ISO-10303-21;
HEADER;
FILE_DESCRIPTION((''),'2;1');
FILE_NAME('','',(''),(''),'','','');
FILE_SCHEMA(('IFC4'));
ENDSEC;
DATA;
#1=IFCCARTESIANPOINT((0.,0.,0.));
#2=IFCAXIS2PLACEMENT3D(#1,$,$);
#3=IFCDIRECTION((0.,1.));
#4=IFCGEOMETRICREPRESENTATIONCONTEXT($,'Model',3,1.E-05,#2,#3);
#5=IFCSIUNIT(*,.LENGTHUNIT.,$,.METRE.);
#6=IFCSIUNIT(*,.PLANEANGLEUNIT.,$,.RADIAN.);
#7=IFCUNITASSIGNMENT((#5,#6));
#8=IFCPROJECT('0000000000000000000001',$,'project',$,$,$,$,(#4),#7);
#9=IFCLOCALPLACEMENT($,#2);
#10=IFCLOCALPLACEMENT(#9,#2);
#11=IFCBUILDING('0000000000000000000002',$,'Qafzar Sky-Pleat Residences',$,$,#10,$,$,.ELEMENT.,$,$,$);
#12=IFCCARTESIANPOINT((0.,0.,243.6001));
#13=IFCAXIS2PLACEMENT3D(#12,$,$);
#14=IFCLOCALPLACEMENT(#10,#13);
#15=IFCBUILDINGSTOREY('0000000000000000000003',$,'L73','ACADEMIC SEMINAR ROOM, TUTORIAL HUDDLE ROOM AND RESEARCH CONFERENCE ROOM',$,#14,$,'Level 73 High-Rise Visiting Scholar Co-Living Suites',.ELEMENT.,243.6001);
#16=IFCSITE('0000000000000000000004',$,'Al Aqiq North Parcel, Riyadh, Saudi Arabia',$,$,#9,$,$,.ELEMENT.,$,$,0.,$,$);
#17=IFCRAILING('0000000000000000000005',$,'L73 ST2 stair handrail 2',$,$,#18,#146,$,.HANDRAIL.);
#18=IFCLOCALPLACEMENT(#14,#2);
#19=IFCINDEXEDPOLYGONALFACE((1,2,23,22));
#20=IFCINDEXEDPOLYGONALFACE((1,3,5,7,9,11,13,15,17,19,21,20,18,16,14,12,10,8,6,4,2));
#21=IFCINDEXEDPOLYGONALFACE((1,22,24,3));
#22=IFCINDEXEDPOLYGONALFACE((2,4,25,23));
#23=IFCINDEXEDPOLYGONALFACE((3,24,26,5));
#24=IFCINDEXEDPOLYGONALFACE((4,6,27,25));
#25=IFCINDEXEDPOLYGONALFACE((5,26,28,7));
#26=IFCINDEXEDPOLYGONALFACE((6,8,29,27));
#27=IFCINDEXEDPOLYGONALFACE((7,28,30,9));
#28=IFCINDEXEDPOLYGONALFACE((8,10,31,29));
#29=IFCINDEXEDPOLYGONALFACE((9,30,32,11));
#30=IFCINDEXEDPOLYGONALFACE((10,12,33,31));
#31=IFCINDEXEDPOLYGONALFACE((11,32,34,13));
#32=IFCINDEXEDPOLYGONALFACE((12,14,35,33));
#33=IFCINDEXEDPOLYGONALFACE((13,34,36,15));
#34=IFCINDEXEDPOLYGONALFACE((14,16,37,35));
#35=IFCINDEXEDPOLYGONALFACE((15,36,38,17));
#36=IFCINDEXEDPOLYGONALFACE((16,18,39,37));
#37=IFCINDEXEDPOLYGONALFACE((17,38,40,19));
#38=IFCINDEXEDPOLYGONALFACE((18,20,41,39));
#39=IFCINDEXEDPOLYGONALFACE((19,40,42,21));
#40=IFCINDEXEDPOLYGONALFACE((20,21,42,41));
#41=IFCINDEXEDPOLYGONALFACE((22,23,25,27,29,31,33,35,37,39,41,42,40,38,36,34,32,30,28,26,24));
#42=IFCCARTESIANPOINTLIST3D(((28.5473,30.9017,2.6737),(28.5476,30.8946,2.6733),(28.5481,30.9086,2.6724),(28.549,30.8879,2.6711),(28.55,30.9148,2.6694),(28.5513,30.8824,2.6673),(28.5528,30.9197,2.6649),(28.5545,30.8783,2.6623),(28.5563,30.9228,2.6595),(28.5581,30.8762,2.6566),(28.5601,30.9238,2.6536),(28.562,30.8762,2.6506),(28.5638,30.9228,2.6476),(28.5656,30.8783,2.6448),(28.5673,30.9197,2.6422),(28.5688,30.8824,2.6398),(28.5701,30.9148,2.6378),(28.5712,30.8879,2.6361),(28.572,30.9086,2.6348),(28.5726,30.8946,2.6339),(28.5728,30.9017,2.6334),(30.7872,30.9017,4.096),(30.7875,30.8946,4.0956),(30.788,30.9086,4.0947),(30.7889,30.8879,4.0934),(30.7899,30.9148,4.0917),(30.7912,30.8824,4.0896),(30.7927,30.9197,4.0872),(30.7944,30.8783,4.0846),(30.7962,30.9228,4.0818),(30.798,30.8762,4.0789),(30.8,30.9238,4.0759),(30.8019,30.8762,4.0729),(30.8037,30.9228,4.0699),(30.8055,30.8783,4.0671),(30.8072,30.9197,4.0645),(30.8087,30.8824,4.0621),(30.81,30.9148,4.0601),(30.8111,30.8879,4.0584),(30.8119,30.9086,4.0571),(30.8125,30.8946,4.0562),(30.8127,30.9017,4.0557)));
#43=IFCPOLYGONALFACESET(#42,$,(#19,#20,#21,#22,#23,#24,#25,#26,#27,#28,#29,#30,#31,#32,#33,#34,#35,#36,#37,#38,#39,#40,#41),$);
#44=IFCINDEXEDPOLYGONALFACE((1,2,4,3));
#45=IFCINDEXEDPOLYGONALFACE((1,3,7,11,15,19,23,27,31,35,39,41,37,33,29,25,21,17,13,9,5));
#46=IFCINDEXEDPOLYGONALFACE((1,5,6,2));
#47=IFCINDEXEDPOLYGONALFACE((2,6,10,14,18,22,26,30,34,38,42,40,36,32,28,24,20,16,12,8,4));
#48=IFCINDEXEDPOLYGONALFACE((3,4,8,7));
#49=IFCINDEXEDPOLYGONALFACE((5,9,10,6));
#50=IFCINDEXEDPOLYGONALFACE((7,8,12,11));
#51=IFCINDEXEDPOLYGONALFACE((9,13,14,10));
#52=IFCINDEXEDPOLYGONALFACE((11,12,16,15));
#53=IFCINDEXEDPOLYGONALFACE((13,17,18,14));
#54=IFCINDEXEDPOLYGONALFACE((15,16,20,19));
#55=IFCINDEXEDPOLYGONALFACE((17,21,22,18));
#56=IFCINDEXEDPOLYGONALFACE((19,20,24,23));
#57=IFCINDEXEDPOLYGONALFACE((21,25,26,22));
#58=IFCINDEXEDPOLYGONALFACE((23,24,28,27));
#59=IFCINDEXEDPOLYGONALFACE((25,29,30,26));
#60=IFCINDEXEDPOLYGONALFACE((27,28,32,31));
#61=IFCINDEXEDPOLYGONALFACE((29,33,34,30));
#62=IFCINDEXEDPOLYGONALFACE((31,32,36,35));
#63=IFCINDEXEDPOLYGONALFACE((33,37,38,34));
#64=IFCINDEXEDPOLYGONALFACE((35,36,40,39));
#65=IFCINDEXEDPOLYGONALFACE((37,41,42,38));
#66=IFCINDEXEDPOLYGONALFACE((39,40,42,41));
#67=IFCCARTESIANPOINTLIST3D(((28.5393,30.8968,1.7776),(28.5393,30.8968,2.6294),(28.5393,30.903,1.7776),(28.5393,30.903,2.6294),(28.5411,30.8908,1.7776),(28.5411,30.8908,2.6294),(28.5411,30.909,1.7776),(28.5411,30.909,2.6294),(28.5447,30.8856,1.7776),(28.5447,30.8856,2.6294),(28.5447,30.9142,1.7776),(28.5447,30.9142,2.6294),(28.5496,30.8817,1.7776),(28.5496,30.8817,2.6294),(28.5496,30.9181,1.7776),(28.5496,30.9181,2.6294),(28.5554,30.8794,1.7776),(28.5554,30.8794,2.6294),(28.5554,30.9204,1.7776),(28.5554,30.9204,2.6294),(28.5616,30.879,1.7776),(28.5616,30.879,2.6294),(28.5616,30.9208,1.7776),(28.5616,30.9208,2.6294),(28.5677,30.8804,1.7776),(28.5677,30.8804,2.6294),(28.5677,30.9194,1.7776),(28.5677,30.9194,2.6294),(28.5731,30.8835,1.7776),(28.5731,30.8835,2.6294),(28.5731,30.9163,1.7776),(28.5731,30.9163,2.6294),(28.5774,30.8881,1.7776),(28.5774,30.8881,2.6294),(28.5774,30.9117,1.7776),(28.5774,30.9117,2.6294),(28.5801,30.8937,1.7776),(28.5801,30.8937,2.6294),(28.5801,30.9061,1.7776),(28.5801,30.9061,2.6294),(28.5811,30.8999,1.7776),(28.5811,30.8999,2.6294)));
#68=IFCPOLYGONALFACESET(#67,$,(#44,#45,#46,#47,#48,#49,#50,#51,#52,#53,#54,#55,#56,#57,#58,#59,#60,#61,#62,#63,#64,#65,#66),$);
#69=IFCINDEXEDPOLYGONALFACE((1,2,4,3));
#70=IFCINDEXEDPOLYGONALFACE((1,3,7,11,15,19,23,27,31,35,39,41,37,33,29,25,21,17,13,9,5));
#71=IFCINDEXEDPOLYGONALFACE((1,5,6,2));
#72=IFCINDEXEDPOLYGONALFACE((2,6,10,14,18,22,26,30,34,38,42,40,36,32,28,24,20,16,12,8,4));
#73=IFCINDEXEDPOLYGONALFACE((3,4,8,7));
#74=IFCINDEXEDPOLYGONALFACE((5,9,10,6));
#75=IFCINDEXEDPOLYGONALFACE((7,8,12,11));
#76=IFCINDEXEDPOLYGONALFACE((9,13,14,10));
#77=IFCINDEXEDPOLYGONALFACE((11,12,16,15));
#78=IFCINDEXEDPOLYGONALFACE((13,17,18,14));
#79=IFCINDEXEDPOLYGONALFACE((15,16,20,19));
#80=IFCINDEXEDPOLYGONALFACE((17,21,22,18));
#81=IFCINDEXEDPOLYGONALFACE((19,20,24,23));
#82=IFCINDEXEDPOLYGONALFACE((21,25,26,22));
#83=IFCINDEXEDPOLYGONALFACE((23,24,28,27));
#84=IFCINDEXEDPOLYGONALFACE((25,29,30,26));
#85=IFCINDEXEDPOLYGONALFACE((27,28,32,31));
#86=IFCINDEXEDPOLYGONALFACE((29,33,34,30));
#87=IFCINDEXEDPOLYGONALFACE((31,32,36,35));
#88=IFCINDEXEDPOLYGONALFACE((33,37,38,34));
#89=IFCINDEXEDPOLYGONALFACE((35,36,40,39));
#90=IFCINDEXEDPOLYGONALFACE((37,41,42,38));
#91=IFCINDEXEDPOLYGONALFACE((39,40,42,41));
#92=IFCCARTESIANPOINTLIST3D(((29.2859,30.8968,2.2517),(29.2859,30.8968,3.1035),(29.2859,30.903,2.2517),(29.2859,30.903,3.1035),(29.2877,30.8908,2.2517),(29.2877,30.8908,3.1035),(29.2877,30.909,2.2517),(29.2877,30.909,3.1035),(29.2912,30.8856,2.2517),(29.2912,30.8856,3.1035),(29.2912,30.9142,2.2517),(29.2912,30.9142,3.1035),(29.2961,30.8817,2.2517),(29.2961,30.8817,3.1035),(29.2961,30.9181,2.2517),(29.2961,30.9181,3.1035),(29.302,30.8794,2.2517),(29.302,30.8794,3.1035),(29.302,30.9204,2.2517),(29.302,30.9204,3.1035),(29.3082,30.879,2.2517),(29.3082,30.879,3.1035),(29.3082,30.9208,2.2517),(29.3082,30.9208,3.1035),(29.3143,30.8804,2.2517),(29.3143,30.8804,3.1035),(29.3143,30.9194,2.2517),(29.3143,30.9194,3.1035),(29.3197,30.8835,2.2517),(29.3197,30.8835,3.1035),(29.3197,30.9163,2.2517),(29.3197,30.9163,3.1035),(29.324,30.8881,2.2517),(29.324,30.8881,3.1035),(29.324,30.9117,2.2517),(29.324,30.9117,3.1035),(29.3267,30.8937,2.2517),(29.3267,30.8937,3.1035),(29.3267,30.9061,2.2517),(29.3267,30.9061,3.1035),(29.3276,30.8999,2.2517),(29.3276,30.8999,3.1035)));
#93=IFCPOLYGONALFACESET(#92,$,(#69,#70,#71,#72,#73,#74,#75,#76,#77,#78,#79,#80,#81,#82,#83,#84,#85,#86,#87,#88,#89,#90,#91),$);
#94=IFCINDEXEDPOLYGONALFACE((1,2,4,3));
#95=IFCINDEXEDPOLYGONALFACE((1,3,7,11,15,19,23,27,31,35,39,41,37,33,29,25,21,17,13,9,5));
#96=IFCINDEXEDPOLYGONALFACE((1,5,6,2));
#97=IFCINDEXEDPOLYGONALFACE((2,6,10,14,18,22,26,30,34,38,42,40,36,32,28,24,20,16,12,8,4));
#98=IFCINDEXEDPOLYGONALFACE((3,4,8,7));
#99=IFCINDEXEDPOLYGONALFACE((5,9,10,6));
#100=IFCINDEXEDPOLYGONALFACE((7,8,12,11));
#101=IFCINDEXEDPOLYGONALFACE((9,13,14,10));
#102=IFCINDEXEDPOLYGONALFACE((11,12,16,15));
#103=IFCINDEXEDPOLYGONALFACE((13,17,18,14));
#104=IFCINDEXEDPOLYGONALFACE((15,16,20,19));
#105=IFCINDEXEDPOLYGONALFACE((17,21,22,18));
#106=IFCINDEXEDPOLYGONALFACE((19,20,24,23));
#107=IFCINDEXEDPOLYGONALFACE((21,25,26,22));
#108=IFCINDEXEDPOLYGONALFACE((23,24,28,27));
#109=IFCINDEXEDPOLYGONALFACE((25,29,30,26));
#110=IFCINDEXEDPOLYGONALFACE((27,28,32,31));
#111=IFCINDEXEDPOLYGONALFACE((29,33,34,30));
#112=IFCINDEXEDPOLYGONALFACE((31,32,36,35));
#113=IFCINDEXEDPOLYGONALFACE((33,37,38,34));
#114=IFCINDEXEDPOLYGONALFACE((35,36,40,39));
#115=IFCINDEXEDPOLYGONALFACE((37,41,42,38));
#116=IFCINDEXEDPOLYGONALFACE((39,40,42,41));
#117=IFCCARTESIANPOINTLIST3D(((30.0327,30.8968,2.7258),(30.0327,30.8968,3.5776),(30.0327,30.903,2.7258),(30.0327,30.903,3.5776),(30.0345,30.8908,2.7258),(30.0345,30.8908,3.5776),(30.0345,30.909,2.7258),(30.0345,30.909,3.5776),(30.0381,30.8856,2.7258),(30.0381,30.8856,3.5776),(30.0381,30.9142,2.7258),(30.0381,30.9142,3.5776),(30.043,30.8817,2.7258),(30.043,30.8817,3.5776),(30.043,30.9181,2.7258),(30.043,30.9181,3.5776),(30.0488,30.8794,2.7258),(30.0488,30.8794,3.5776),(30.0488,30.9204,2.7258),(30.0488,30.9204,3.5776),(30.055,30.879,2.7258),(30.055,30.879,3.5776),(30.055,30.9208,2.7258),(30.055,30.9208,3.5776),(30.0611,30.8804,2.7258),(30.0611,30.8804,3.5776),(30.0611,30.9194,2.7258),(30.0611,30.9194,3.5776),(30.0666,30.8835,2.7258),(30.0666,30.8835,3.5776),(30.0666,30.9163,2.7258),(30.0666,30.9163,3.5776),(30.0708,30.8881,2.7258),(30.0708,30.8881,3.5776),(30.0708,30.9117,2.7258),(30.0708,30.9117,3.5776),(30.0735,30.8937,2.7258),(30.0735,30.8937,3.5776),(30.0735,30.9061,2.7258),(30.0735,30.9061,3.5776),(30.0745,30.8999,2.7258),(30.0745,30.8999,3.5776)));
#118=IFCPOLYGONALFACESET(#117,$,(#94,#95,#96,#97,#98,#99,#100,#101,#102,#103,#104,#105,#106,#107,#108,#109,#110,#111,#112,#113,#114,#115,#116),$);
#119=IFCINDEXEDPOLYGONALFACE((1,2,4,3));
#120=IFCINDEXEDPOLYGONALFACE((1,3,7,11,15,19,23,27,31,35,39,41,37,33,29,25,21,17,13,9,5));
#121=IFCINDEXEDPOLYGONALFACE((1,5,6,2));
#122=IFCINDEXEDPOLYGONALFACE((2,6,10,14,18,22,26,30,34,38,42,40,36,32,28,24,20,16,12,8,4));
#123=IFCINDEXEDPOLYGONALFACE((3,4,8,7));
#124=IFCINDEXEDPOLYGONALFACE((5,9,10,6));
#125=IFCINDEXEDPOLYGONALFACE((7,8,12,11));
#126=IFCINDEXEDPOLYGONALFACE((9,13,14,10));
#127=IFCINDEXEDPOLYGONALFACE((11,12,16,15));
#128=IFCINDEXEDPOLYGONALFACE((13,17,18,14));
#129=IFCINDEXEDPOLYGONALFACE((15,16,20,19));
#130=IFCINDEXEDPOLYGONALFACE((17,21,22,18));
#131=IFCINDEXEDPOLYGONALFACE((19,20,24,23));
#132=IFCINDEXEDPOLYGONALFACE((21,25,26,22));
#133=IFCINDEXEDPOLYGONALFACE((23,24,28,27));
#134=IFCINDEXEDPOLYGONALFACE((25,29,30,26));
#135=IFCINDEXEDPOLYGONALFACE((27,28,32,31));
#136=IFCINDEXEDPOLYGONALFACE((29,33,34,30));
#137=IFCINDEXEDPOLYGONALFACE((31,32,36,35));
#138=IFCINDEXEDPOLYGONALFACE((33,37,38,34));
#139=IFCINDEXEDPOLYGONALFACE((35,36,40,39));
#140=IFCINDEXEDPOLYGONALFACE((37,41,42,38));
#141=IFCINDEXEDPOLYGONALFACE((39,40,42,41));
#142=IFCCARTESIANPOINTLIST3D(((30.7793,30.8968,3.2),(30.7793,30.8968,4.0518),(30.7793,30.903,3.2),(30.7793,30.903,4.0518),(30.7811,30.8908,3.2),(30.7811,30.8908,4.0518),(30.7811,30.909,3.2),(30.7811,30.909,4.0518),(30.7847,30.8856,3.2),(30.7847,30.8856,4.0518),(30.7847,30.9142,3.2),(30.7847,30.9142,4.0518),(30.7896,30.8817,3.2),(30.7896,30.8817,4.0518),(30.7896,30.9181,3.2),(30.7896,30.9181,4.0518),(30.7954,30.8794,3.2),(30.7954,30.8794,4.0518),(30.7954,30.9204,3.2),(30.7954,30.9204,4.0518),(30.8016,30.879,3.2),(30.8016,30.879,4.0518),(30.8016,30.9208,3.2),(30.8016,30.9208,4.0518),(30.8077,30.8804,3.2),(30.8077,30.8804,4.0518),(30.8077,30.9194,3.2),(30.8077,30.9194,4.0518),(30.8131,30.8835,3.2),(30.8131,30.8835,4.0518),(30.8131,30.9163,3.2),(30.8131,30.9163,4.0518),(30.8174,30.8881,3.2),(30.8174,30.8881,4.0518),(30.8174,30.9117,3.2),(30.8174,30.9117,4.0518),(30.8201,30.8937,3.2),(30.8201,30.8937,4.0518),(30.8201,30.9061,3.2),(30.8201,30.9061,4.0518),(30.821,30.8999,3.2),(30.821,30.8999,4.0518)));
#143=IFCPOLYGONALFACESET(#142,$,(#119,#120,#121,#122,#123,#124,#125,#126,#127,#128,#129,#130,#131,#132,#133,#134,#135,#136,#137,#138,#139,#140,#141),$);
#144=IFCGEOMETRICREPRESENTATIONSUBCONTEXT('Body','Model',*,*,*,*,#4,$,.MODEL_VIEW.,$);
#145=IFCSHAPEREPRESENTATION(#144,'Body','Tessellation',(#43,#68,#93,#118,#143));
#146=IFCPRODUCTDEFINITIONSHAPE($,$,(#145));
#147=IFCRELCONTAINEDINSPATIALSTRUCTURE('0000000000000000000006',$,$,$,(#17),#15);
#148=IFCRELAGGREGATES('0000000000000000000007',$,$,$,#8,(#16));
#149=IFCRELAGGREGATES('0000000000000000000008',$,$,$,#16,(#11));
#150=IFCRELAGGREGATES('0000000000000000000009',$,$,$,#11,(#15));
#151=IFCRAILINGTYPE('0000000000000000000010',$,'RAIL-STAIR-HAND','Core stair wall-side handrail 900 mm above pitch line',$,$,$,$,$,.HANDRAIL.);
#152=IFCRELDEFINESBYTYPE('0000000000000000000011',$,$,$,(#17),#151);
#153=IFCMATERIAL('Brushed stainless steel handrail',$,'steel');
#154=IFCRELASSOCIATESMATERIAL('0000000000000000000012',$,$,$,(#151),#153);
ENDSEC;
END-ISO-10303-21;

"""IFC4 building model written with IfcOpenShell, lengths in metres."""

from ifc_helpers import new_model, si_unit, direction, frame, origin, origin_2d, place, context, subcontext, project, spatial, circle, extrude, source, transform, mapped, material, type_object, element, save


model = new_model("IFC4")

# Units and contexts
model_context = context("Model", 3, precision=1e-05, world=origin(), true_north=direction((0.0, 1.0)))
body_context = subcontext(model_context, "Body", "Model", "MODEL_VIEW")
ifc_project = project(units=[si_unit("LENGTHUNIT", "METRE"), si_unit("PLANEANGLEUNIT", "RADIAN")], contexts=[model_context])

# Site, building, storey
site_placement = place(None, origin())
site = spatial("IfcSite", under=ifc_project, at=site_placement, Name="Al Aqiq North Parcel, Riyadh, Saudi Arabia", CompositionType="ELEMENT", RefElevation=0.0)
building_placement = place(site_placement, origin())
building = spatial("IfcBuilding", under=site, at=building_placement, Name="Qafzar Sky-Pleat Residences", CompositionType="ELEMENT")
storey_placement = place(building_placement, frame((0.0, 0.0, 243.6001)))
storey = spatial("IfcBuildingStorey", under=building, at=storey_placement, Name="L73", Description="ACADEMIC SEMINAR ROOM, TUTORIAL HUDDLE ROOM AND RESEARCH CONFERENCE ROOM", LongName="Level 73 High-Rise Visiting Scholar Co-Living Suites", CompositionType="ELEMENT", Elevation=243.6001)

# Railing
ifc_material_1 = material(Name="Brushed stainless steel handrail", Category="steel")
railing_type_1 = type_object("IfcRailingType", Name="RAIL-STAIR-HAND", Description="Core stair wall-side handrail 900 mm above pitch line", PredefinedType="HANDRAIL", material=ifc_material_1)
shared_shape_1 = source(origin(), body_context, "Body", "SweptSolid", [
    extrude(circle(Radius=0.0239, at=origin_2d()), frame((0.0, 0.0, 0.876), z_axis=(0.844188, 0.0, 0.536048), x_axis=(0.0, 1.0, 0.0)), (0.0, 0.0, 1.0), 2.6533),
    extrude(circle(Radius=0.021, at=origin_2d()), origin(), (0.0, 0.0, 1.0), 0.8518),
    extrude(circle(Radius=0.021, at=origin_2d()), frame((0.7466, 0.0, 0.4741)), (0.0, 0.0, 1.0), 0.8518),
    extrude(circle(Radius=0.021, at=origin_2d()), frame((1.4934, 0.0, 0.9482)), (0.0, 0.0, 1.0), 0.8518),
    extrude(circle(Radius=0.021, at=origin_2d()), frame((2.24, 0.0, 1.4224)), (0.0, 0.0, 1.0), 0.8518),
])
railing_1_placement = place(storey_placement, frame((28.5601, 30.8999, 1.7776)))
element("IfcRailing", 1, at=railing_1_placement, inside=storey, type_object=railing_type_1, Name="L73 ST2 stair handrail 2", PredefinedType="HANDRAIL", context=body_context, shape_type="MappedRepresentation", body=[
    mapped(shared_shape_1, transform((0.0, 0.0, 0.0), x_axis=(1.0, 0.0, 0.0), y_axis=(0.0, 1.0, 0.0), z_axis=(0.0, 0.0, 1.0), scale=1.0)),
])

save(model, "model.ifc")
